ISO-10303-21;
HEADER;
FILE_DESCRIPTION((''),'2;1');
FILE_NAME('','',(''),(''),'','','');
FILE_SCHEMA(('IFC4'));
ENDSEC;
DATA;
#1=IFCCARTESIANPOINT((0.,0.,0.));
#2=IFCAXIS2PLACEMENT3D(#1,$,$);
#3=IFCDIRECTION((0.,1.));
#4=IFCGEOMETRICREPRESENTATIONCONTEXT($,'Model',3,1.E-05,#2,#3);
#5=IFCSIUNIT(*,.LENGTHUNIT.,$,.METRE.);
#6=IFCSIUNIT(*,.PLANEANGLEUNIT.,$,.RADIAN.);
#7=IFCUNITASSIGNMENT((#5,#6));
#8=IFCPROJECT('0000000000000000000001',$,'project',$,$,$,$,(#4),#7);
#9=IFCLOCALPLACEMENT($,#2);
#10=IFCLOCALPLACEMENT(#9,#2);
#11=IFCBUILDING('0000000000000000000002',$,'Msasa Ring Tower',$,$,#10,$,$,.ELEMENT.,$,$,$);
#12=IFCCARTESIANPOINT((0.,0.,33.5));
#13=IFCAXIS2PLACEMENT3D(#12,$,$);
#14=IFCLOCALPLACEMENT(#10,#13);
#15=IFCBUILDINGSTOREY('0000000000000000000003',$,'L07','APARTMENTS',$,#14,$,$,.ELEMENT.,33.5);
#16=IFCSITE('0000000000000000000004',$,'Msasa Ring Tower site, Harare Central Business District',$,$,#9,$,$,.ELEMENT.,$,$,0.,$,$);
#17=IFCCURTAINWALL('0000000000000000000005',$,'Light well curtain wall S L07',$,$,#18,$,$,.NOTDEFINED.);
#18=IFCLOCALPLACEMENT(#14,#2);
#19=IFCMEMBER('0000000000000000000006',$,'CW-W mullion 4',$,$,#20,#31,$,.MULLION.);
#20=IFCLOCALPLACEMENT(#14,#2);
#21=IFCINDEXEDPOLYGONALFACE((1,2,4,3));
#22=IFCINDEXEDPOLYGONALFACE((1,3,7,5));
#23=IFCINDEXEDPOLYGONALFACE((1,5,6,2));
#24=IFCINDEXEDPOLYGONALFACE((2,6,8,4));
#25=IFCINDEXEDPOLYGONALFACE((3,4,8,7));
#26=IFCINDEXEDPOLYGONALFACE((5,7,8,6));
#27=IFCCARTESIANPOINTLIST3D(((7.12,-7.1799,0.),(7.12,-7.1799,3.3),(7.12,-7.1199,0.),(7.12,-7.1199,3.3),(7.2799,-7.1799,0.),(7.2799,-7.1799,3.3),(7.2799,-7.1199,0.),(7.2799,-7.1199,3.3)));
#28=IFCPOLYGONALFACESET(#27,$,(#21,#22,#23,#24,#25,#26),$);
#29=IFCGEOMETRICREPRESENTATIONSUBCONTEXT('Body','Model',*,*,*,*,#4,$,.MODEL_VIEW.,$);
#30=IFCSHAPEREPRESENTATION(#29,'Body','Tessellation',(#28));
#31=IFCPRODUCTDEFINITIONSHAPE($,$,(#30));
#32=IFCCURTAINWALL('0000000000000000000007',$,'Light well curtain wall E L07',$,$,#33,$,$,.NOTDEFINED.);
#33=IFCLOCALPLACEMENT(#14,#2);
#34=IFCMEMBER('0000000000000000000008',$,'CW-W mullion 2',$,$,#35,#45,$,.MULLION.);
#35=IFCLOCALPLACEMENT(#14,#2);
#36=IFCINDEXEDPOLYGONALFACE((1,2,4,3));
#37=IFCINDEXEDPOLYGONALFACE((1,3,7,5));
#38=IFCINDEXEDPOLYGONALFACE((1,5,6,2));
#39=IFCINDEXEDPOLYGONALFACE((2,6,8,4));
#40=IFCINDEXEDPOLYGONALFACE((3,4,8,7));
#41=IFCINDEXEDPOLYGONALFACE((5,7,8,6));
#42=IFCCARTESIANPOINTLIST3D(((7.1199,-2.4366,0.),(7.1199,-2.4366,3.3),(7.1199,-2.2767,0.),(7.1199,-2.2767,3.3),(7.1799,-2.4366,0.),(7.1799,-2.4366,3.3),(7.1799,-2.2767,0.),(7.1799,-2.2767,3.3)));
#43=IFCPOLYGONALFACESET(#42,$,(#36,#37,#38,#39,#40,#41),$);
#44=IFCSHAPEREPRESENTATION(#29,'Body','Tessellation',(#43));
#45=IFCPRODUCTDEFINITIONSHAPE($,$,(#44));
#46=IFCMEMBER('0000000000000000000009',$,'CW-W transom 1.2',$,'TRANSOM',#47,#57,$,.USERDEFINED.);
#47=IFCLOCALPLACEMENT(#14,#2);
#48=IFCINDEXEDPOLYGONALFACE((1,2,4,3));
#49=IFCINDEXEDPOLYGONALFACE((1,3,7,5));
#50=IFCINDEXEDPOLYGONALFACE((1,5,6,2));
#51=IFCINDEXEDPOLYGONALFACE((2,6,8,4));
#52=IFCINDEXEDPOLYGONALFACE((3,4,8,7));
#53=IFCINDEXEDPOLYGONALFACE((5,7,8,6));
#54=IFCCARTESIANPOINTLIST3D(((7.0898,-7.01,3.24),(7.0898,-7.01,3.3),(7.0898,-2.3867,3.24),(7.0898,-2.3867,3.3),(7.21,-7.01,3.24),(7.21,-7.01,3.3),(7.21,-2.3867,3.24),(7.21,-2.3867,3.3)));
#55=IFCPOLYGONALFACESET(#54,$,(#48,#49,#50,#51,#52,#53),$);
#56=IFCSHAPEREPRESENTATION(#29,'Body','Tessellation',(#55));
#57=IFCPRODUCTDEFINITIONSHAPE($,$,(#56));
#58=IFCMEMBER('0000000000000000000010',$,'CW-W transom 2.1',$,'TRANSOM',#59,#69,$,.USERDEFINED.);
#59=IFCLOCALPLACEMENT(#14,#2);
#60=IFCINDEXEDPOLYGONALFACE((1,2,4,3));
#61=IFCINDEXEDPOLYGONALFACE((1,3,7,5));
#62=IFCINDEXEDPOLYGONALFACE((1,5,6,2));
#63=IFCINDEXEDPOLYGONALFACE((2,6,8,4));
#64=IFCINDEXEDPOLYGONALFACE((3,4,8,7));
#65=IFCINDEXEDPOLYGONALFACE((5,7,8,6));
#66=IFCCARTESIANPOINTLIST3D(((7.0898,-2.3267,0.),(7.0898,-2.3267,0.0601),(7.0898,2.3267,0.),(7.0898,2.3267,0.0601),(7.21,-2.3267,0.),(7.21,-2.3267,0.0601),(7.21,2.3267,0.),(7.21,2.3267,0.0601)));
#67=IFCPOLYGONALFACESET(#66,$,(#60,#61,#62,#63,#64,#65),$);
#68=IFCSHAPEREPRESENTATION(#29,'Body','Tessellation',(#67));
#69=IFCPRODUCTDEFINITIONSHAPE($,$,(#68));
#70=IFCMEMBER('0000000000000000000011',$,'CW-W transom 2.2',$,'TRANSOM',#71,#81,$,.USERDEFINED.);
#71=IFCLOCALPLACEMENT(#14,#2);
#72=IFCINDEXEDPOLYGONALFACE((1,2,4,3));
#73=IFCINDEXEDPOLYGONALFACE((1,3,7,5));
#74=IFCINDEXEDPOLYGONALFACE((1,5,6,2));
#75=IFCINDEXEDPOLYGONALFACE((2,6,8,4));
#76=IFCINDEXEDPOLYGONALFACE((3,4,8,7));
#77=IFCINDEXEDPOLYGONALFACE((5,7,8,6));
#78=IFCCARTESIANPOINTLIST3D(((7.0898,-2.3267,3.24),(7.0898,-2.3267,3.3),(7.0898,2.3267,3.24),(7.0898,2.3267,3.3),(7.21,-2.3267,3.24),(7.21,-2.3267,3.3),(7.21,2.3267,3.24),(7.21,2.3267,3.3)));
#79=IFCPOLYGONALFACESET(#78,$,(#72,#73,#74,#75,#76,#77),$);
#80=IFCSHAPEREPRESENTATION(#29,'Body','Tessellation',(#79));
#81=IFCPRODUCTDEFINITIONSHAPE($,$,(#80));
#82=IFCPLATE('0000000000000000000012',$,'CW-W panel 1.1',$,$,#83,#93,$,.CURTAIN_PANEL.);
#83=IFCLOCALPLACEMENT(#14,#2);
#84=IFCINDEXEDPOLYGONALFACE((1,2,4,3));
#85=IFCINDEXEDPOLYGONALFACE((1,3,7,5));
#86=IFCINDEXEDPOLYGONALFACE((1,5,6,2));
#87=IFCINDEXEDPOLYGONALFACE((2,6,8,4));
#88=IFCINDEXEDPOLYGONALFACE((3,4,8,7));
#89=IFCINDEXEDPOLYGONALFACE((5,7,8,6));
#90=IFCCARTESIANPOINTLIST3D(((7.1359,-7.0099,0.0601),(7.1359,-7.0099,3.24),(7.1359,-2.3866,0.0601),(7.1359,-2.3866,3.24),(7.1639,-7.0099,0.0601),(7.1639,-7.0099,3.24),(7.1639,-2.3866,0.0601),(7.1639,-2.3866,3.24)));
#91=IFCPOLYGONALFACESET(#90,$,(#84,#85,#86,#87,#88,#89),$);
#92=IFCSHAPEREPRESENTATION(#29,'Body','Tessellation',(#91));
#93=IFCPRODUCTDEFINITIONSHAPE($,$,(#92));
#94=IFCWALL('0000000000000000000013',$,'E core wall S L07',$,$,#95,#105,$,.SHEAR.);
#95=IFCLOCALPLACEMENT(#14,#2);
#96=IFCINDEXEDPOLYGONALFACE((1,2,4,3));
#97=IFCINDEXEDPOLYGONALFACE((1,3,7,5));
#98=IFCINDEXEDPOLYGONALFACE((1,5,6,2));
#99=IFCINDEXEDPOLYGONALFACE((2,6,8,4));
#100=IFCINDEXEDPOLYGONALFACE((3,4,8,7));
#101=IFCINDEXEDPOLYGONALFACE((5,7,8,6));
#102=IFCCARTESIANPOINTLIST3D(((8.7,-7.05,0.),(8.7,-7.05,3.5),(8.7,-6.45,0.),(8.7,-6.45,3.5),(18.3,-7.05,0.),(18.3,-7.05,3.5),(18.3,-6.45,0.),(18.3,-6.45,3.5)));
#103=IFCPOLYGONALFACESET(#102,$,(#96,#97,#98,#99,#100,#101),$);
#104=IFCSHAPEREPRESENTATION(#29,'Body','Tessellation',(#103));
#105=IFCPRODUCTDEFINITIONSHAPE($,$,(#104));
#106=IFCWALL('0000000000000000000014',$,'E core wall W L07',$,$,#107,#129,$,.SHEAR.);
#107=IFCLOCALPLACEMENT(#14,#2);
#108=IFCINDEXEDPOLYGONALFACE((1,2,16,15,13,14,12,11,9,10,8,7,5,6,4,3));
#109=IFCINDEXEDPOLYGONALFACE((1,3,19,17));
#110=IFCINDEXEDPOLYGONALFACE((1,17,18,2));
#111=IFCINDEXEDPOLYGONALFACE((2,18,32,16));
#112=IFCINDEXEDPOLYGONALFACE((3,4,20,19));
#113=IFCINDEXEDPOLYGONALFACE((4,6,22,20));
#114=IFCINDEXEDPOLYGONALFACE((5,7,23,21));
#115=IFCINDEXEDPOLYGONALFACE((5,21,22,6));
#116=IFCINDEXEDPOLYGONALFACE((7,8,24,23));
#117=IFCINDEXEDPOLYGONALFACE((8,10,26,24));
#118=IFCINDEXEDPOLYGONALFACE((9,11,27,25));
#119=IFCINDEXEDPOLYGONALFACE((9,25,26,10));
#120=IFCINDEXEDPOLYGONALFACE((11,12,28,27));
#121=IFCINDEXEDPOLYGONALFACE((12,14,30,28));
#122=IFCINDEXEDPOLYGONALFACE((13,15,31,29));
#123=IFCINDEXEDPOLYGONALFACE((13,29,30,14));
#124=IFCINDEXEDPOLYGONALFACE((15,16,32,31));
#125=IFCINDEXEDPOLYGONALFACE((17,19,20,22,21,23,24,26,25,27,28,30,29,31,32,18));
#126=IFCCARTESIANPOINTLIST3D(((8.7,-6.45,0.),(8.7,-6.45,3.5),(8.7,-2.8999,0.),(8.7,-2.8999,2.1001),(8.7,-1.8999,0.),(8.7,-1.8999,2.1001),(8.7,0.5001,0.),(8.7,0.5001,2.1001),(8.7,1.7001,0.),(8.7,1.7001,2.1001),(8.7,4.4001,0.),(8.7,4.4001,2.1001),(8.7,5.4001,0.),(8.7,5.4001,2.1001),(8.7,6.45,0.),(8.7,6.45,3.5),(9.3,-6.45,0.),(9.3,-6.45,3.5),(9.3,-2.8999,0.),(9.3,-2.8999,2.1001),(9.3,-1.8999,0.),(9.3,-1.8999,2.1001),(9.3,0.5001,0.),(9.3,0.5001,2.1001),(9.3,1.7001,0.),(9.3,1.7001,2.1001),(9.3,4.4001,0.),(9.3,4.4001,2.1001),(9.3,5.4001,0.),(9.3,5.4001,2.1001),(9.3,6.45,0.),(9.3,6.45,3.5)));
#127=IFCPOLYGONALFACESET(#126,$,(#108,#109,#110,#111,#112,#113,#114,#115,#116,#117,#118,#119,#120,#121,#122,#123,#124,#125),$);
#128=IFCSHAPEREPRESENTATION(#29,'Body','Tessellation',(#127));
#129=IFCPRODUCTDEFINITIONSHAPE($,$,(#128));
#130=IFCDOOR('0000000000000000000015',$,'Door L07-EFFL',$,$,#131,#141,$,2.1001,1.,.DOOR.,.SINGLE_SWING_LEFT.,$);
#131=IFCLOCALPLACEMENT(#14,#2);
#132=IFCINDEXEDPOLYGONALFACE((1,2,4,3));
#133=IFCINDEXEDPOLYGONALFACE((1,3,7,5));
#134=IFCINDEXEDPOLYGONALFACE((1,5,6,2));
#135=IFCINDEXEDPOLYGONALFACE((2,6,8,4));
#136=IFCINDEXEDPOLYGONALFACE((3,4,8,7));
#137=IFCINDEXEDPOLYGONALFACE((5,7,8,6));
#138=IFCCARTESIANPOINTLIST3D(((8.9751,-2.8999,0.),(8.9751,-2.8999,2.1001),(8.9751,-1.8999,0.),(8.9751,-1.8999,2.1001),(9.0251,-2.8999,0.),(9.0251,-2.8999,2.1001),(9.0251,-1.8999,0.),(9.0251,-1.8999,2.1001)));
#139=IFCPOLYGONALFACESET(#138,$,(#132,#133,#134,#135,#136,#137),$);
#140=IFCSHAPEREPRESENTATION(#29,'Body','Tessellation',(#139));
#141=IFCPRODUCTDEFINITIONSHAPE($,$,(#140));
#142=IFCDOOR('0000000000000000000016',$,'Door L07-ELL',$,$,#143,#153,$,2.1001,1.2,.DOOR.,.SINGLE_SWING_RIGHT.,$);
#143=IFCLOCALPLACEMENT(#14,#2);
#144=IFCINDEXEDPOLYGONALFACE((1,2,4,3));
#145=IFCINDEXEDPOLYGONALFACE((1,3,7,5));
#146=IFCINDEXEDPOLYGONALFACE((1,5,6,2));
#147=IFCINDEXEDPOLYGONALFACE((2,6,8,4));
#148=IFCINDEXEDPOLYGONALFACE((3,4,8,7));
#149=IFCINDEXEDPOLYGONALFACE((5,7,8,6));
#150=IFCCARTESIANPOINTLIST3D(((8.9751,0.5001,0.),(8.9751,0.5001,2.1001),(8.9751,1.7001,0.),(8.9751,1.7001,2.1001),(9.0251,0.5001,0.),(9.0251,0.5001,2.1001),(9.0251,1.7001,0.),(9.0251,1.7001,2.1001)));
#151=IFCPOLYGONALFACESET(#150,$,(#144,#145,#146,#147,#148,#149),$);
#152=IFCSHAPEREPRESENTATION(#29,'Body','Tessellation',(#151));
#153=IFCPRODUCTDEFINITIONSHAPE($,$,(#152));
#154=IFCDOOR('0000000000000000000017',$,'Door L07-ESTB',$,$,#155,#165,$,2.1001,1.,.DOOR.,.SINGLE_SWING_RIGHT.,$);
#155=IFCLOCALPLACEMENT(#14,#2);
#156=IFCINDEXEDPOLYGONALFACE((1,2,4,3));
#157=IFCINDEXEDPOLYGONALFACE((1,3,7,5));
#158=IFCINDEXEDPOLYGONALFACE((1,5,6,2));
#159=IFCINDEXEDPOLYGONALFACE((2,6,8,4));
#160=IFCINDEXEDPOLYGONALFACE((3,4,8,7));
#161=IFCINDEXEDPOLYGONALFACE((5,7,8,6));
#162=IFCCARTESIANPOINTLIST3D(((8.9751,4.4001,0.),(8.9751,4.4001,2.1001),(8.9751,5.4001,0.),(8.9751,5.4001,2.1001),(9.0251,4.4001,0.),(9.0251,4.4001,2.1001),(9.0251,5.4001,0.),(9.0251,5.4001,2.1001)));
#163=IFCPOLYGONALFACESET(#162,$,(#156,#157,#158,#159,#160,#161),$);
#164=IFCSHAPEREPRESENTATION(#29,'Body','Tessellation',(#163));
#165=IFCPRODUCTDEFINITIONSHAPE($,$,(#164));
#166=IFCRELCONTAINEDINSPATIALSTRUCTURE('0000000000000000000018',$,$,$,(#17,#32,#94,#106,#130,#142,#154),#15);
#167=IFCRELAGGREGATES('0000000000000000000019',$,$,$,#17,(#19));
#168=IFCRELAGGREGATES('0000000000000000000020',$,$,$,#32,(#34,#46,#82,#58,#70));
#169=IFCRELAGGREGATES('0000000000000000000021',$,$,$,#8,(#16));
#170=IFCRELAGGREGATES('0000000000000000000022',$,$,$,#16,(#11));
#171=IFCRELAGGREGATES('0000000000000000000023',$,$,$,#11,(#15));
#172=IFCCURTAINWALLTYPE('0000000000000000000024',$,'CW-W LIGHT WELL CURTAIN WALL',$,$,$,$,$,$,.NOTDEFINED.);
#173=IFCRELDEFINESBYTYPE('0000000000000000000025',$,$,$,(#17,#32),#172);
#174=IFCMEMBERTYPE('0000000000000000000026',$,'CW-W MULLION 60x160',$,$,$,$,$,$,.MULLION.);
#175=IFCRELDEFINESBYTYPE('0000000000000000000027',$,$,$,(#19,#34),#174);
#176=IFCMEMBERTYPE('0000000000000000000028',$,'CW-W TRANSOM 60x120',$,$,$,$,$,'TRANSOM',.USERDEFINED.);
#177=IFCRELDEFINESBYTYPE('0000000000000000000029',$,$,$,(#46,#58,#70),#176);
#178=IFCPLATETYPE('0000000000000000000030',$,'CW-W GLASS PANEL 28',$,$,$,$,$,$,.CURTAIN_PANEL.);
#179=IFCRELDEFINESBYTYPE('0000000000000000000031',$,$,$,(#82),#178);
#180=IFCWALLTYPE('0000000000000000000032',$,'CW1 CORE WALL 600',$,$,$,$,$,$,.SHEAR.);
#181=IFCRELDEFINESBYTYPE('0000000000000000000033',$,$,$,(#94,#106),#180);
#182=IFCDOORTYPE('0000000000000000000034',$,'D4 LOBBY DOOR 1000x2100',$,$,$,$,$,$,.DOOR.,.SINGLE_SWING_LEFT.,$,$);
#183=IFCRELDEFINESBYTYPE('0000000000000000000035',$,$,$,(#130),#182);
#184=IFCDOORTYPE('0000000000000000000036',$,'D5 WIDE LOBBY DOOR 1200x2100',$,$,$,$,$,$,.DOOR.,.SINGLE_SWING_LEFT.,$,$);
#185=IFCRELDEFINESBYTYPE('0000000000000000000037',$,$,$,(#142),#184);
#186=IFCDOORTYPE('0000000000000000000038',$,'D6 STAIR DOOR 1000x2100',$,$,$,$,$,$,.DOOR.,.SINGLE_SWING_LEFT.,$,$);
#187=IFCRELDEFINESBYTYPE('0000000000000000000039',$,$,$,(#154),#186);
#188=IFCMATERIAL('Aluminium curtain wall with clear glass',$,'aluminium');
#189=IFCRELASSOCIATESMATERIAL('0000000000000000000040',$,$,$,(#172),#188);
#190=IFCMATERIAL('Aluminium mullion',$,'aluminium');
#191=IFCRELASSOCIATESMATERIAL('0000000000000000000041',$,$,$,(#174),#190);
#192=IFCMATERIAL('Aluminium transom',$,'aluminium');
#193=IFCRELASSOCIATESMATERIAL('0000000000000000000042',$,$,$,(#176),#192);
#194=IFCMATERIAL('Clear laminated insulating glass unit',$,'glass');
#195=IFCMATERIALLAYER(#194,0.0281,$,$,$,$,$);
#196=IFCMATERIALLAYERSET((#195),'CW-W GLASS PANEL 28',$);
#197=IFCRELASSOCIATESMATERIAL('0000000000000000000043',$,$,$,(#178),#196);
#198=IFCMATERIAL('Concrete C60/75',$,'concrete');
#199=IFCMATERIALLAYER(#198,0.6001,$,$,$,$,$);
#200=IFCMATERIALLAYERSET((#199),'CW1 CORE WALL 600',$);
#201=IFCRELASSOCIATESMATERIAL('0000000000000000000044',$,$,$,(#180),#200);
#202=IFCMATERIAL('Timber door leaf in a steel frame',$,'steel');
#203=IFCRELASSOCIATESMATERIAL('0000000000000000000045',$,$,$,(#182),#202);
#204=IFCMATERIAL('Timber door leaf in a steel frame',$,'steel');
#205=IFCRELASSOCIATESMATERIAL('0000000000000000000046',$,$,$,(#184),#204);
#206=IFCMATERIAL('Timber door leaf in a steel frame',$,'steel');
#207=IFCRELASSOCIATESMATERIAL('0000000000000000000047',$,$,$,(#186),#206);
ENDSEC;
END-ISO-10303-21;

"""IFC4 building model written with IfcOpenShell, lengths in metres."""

from ifc_helpers import new_model, si_unit, direction, frame, frame_2d, origin, origin_2d, place, context, subcontext, project, spatial, rectangle, extrude, material, layer, layer_set, material_profile, profile_set, type_object, element, fill, aggregate, save


model = new_model("IFC4")

# Units and contexts
model_context = context("Model", 3, precision=1e-05, world=origin(), true_north=direction((0.0, 1.0)))
body_context = subcontext(model_context, "Body", "Model", "MODEL_VIEW")
ifc_project = project(units=[si_unit("LENGTHUNIT", "METRE"), si_unit("PLANEANGLEUNIT", "RADIAN")], contexts=[model_context])

# Site, building, storey
site_placement = place(None, origin())
site = spatial("IfcSite", under=ifc_project, at=site_placement, Name="Msasa Ring Tower site, Harare Central Business District", CompositionType="ELEMENT", RefElevation=0.0)
building_placement = place(site_placement, origin())
building = spatial("IfcBuilding", under=site, at=building_placement, Name="Msasa Ring Tower", CompositionType="ELEMENT")
storey_placement = place(building_placement, frame((0.0, 0.0, 33.5)))
storey = spatial("IfcBuildingStorey", under=building, at=storey_placement, Name="L07", Description="APARTMENTS", CompositionType="ELEMENT", Elevation=33.5)

# Curtain wall, member
ifc_material_1 = material(Name="Aluminium curtain wall with clear glass", Category="aluminium")
curtain_wall_type = type_object("IfcCurtainWallType", Name="CW-W LIGHT WELL CURTAIN WALL", PredefinedType="NOTDEFINED", material=ifc_material_1)
curtain_wall_1_placement = place(storey_placement, origin())
curtain_wall_1 = element("IfcCurtainWall", 1, at=curtain_wall_1_placement, inside=storey, type_object=curtain_wall_type, Name="Light well curtain wall S L07", PredefinedType="NOTDEFINED")
ifc_material_2 = material(Name="Aluminium mullion", Category="aluminium")
ifc_material_profile_1 = material_profile(ifc_material_2, rectangle(XDim=0.0601, YDim=0.1599, at=origin_2d()), Name="AL 60x160")
ifc_profile_set_1 = profile_set([ifc_material_profile_1], Name="Aluminium mullion")
member_type_1 = type_object("IfcMemberType", Name="CW-W MULLION 60x160", PredefinedType="MULLION", material=ifc_profile_set_1)
member_1_placement = place(storey_placement, frame((7.2, -7.1499, 0.0), z_axis=(0.0, 0.0, 1.0), x_axis=(0.0, 1.0, 0.0)))
member_1 = element("IfcMember", 2, at=member_1_placement, type_object=member_type_1, Name="CW-W mullion 4", PredefinedType="MULLION", context=body_context, shape_type="SweptSolid", body=[
    extrude(rectangle(XDim=0.0601, YDim=0.1599, at=origin_2d()), origin(), (0.0, 0.0, 1.0), 3.3),
])
aggregate(curtain_wall_1, [member_1])

# Curtain wall, members, plate
curtain_wall_2_placement = place(storey_placement, origin())
curtain_wall_2 = element("IfcCurtainWall", 3, at=curtain_wall_2_placement, inside=storey, type_object=curtain_wall_type, Name="Light well curtain wall E L07", PredefinedType="NOTDEFINED")
member_2_placement = place(storey_placement, frame((7.1499, -2.3567, 0.0), z_axis=(0.0, 0.0, 1.0), x_axis=(-1.0, 0.0, 0.0)))
member_2 = element("IfcMember", 4, at=member_2_placement, type_object=member_type_1, Name="CW-W mullion 2", PredefinedType="MULLION", context=body_context, shape_type="SweptSolid", body=[
    extrude(rectangle(XDim=0.0601, YDim=0.1599, at=origin_2d()), origin(), (0.0, 0.0, 1.0), 3.3),
])
ifc_material_3 = material(Name="Aluminium transom", Category="aluminium")
ifc_material_profile_2 = material_profile(ifc_material_3, rectangle(XDim=0.1201, YDim=0.0601, at=origin_2d()), Name="AL 60x120")
ifc_profile_set_2 = profile_set([ifc_material_profile_2], Name="Aluminium transom")
member_type_2 = type_object("IfcMemberType", Name="CW-W TRANSOM 60x120", ElementType="TRANSOM", PredefinedType="USERDEFINED", material=ifc_profile_set_2)
member_3_placement = place(storey_placement, frame((7.1499, -7.01, 3.27), z_axis=(0.0, 1.0, 0.0), x_axis=(-1.0, 0.0, 0.0)))
member_3 = element("IfcMember", 5, at=member_3_placement, type_object=member_type_2, Name="CW-W transom 1.2", ObjectType="TRANSOM", PredefinedType="USERDEFINED", context=body_context, shape_type="SweptSolid", body=[
    extrude(rectangle(XDim=0.1201, YDim=0.0601, at=origin_2d()), origin(), (0.0, 0.0, 1.0), 4.6233),
])
member_4_placement = place(storey_placement, frame((7.1499, -2.3267, 0.03), z_axis=(0.0, 1.0, 0.0), x_axis=(-1.0, 0.0, 0.0)))
member_4 = element("IfcMember", 6, at=member_4_placement, type_object=member_type_2, Name="CW-W transom 2.1", ObjectType="TRANSOM", PredefinedType="USERDEFINED", context=body_context, shape_type="SweptSolid", body=[
    extrude(rectangle(XDim=0.1201, YDim=0.0601, at=origin_2d()), origin(), (0.0, 0.0, 1.0), 4.6533),
])
member_5_placement = place(storey_placement, frame((7.1499, -2.3267, 3.27), z_axis=(0.0, 1.0, 0.0), x_axis=(-1.0, 0.0, 0.0)))
member_5 = element("IfcMember", 7, at=member_5_placement, type_object=member_type_2, Name="CW-W transom 2.2", ObjectType="TRANSOM", PredefinedType="USERDEFINED", context=body_context, shape_type="SweptSolid", body=[
    extrude(rectangle(XDim=0.1201, YDim=0.0601, at=origin_2d()), origin(), (0.0, 0.0, 1.0), 4.6533),
])
ifc_material_4 = material(Name="Clear laminated insulating glass unit", Category="glass")
ifc_layer_1 = layer(ifc_material_4, 0.0281)
ifc_layer_set_1 = layer_set([ifc_layer_1], Name="CW-W GLASS PANEL 28")
plate_type = type_object("IfcPlateType", Name="CW-W GLASS PANEL 28", PredefinedType="CURTAIN_PANEL", material=ifc_layer_set_1)
plate_placement = place(storey_placement, frame((7.1499, -4.6982, 0.0601), z_axis=(0.0, 0.0, 1.0), x_axis=(0.0, 1.0, 0.0)))
plate = element("IfcPlate", 8, at=plate_placement, type_object=plate_type, Name="CW-W panel 1.1", PredefinedType="CURTAIN_PANEL", context=body_context, shape_type="SweptSolid", body=[
    extrude(rectangle(XDim=4.6233, YDim=0.0281, at=origin_2d()), origin(), (0.0, 0.0, 1.0), 3.1799),
])
aggregate(curtain_wall_2, [member_2, member_3, plate, member_4, member_5])

# Wall
ifc_material_5 = material(Name="Concrete C60/75", Category="concrete")
ifc_layer_2 = layer(ifc_material_5, 0.6001)
ifc_layer_set_2 = layer_set([ifc_layer_2], Name="CW1 CORE WALL 600")
wall_type_1 = type_object("IfcWallType", Name="CW1 CORE WALL 600", PredefinedType="SHEAR", material=ifc_layer_set_2)
wall_1_placement = place(storey_placement, frame((8.7, -6.75, 0.0), z_axis=(0.0, 0.0, 1.0), x_axis=(1.0, 0.0, 0.0)))
element("IfcWall", 9, at=wall_1_placement, inside=storey, type_object=wall_type_1, Name="E core wall S L07", PredefinedType="SHEAR", context=body_context, shape_type="SweptSolid", body=[
    extrude(rectangle(XDim=9.6001, YDim=0.6001, at=frame_2d((4.8, 0.0))), origin(), (0.0, 0.0, 1.0), 3.5),
])

# Wall, openings, doors
wall_2_placement = place(storey_placement, frame((9.0, -6.45, 0.0), z_axis=(0.0, 0.0, 1.0), x_axis=(0.0, 1.0, 0.0)))
wall_2 = element("IfcWall", 10, at=wall_2_placement, inside=storey, type_object=wall_type_1, Name="E core wall W L07", PredefinedType="SHEAR", context=body_context, shape_type="SweptSolid", body=[
    extrude(rectangle(XDim=12.8999, YDim=0.6001, at=frame_2d((6.45, 0.0))), origin(), (0.0, 0.0, 1.0), 3.5),
])
opening_1_placement = place(wall_2_placement, frame((3.55, 0.0, 0.0)))
opening_1 = element("IfcOpeningElement", 11, at=opening_1_placement, cuts=wall_2, PredefinedType="OPENING", context=body_context, shape_type="SweptSolid", body=[
    extrude(rectangle(XDim=1.0, YDim=2.1001, at=frame_2d((0.5, 1.05))), frame((0.0, 0.3101, 0.0), z_axis=(0.0, -1.0, 0.0), x_axis=(1.0, 0.0, 0.0)), (0.0, 0.0, 1.0), 0.6201),
])
opening_2_placement = place(wall_2_placement, frame((6.95, 0.0, 0.0)))
opening_2 = element("IfcOpeningElement", 12, at=opening_2_placement, cuts=wall_2, PredefinedType="OPENING", context=body_context, shape_type="SweptSolid", body=[
    extrude(rectangle(XDim=1.2, YDim=2.1001, at=frame_2d((0.6001, 1.05))), frame((0.0, 0.3101, 0.0), z_axis=(0.0, -1.0, 0.0), x_axis=(1.0, 0.0, 0.0)), (0.0, 0.0, 1.0), 0.6201),
])
opening_3_placement = place(wall_2_placement, frame((10.8501, 0.0, 0.0)))
opening_3 = element("IfcOpeningElement", 13, at=opening_3_placement, cuts=wall_2, PredefinedType="OPENING", context=body_context, shape_type="SweptSolid", body=[
    extrude(rectangle(XDim=1.0, YDim=2.1001, at=frame_2d((0.5, 1.05))), frame((0.0, 0.3101, 0.0), z_axis=(0.0, -1.0, 0.0), x_axis=(1.0, 0.0, 0.0)), (0.0, 0.0, 1.0), 0.6201),
])
ifc_material_6 = material(Name="Timber door leaf in a steel frame", Category="steel")
door_type_1 = type_object("IfcDoorType", Name="D4 LOBBY DOOR 1000x2100", OperationType="SINGLE_SWING_LEFT", PredefinedType="DOOR", material=ifc_material_6)
door_1_placement = place(opening_1_placement, origin())
door_1 = element("IfcDoor", 14, at=door_1_placement, inside=storey, type_object=door_type_1, Name="Door L07-EFFL", OperationType="SINGLE_SWING_LEFT", OverallHeight=2.1001, OverallWidth=1.0, PredefinedType="DOOR", context=body_context, shape_type="SweptSolid", body=[
    extrude(rectangle(XDim=1.0, YDim=2.1001, at=frame_2d((0.5, 1.05))), frame((0.0, 0.0249, 0.0), z_axis=(0.0, -1.0, 0.0), x_axis=(1.0, 0.0, 0.0)), (0.0, 0.0, 1.0), 0.05),
])
fill(opening_1, door_1)
ifc_material_7 = material(Name="Timber door leaf in a steel frame", Category="steel")
door_type_2 = type_object("IfcDoorType", Name="D5 WIDE LOBBY DOOR 1200x2100", OperationType="SINGLE_SWING_LEFT", PredefinedType="DOOR", material=ifc_material_7)
door_2_placement = place(opening_2_placement, origin())
door_2 = element("IfcDoor", 15, at=door_2_placement, inside=storey, type_object=door_type_2, Name="Door L07-ELL", OperationType="SINGLE_SWING_RIGHT", OverallHeight=2.1001, OverallWidth=1.2, PredefinedType="DOOR", context=body_context, shape_type="SweptSolid", body=[
    extrude(rectangle(XDim=1.2, YDim=2.1001, at=frame_2d((0.6001, 1.05))), frame((0.0, 0.0249, 0.0), z_axis=(0.0, -1.0, 0.0), x_axis=(1.0, 0.0, 0.0)), (0.0, 0.0, 1.0), 0.05),
])
fill(opening_2, door_2)
ifc_material_8 = material(Name="Timber door leaf in a steel frame", Category="steel")
door_type_3 = type_object("IfcDoorType", Name="D6 STAIR DOOR 1000x2100", OperationType="SINGLE_SWING_LEFT", PredefinedType="DOOR", material=ifc_material_8)
door_3_placement = place(opening_3_placement, origin())
door_3 = element("IfcDoor", 16, at=door_3_placement, inside=storey, type_object=door_type_3, Name="Door L07-ESTB", OperationType="SINGLE_SWING_RIGHT", OverallHeight=2.1001, OverallWidth=1.0, PredefinedType="DOOR", context=body_context, shape_type="SweptSolid", body=[
    extrude(rectangle(XDim=1.0, YDim=2.1001, at=frame_2d((0.5, 1.05))), frame((0.0, 0.0249, 0.0), z_axis=(0.0, -1.0, 0.0), x_axis=(1.0, 0.0, 0.0)), (0.0, 0.0, 1.0), 0.05),
])
fill(opening_3, door_3)

save(model, "model.ifc")
